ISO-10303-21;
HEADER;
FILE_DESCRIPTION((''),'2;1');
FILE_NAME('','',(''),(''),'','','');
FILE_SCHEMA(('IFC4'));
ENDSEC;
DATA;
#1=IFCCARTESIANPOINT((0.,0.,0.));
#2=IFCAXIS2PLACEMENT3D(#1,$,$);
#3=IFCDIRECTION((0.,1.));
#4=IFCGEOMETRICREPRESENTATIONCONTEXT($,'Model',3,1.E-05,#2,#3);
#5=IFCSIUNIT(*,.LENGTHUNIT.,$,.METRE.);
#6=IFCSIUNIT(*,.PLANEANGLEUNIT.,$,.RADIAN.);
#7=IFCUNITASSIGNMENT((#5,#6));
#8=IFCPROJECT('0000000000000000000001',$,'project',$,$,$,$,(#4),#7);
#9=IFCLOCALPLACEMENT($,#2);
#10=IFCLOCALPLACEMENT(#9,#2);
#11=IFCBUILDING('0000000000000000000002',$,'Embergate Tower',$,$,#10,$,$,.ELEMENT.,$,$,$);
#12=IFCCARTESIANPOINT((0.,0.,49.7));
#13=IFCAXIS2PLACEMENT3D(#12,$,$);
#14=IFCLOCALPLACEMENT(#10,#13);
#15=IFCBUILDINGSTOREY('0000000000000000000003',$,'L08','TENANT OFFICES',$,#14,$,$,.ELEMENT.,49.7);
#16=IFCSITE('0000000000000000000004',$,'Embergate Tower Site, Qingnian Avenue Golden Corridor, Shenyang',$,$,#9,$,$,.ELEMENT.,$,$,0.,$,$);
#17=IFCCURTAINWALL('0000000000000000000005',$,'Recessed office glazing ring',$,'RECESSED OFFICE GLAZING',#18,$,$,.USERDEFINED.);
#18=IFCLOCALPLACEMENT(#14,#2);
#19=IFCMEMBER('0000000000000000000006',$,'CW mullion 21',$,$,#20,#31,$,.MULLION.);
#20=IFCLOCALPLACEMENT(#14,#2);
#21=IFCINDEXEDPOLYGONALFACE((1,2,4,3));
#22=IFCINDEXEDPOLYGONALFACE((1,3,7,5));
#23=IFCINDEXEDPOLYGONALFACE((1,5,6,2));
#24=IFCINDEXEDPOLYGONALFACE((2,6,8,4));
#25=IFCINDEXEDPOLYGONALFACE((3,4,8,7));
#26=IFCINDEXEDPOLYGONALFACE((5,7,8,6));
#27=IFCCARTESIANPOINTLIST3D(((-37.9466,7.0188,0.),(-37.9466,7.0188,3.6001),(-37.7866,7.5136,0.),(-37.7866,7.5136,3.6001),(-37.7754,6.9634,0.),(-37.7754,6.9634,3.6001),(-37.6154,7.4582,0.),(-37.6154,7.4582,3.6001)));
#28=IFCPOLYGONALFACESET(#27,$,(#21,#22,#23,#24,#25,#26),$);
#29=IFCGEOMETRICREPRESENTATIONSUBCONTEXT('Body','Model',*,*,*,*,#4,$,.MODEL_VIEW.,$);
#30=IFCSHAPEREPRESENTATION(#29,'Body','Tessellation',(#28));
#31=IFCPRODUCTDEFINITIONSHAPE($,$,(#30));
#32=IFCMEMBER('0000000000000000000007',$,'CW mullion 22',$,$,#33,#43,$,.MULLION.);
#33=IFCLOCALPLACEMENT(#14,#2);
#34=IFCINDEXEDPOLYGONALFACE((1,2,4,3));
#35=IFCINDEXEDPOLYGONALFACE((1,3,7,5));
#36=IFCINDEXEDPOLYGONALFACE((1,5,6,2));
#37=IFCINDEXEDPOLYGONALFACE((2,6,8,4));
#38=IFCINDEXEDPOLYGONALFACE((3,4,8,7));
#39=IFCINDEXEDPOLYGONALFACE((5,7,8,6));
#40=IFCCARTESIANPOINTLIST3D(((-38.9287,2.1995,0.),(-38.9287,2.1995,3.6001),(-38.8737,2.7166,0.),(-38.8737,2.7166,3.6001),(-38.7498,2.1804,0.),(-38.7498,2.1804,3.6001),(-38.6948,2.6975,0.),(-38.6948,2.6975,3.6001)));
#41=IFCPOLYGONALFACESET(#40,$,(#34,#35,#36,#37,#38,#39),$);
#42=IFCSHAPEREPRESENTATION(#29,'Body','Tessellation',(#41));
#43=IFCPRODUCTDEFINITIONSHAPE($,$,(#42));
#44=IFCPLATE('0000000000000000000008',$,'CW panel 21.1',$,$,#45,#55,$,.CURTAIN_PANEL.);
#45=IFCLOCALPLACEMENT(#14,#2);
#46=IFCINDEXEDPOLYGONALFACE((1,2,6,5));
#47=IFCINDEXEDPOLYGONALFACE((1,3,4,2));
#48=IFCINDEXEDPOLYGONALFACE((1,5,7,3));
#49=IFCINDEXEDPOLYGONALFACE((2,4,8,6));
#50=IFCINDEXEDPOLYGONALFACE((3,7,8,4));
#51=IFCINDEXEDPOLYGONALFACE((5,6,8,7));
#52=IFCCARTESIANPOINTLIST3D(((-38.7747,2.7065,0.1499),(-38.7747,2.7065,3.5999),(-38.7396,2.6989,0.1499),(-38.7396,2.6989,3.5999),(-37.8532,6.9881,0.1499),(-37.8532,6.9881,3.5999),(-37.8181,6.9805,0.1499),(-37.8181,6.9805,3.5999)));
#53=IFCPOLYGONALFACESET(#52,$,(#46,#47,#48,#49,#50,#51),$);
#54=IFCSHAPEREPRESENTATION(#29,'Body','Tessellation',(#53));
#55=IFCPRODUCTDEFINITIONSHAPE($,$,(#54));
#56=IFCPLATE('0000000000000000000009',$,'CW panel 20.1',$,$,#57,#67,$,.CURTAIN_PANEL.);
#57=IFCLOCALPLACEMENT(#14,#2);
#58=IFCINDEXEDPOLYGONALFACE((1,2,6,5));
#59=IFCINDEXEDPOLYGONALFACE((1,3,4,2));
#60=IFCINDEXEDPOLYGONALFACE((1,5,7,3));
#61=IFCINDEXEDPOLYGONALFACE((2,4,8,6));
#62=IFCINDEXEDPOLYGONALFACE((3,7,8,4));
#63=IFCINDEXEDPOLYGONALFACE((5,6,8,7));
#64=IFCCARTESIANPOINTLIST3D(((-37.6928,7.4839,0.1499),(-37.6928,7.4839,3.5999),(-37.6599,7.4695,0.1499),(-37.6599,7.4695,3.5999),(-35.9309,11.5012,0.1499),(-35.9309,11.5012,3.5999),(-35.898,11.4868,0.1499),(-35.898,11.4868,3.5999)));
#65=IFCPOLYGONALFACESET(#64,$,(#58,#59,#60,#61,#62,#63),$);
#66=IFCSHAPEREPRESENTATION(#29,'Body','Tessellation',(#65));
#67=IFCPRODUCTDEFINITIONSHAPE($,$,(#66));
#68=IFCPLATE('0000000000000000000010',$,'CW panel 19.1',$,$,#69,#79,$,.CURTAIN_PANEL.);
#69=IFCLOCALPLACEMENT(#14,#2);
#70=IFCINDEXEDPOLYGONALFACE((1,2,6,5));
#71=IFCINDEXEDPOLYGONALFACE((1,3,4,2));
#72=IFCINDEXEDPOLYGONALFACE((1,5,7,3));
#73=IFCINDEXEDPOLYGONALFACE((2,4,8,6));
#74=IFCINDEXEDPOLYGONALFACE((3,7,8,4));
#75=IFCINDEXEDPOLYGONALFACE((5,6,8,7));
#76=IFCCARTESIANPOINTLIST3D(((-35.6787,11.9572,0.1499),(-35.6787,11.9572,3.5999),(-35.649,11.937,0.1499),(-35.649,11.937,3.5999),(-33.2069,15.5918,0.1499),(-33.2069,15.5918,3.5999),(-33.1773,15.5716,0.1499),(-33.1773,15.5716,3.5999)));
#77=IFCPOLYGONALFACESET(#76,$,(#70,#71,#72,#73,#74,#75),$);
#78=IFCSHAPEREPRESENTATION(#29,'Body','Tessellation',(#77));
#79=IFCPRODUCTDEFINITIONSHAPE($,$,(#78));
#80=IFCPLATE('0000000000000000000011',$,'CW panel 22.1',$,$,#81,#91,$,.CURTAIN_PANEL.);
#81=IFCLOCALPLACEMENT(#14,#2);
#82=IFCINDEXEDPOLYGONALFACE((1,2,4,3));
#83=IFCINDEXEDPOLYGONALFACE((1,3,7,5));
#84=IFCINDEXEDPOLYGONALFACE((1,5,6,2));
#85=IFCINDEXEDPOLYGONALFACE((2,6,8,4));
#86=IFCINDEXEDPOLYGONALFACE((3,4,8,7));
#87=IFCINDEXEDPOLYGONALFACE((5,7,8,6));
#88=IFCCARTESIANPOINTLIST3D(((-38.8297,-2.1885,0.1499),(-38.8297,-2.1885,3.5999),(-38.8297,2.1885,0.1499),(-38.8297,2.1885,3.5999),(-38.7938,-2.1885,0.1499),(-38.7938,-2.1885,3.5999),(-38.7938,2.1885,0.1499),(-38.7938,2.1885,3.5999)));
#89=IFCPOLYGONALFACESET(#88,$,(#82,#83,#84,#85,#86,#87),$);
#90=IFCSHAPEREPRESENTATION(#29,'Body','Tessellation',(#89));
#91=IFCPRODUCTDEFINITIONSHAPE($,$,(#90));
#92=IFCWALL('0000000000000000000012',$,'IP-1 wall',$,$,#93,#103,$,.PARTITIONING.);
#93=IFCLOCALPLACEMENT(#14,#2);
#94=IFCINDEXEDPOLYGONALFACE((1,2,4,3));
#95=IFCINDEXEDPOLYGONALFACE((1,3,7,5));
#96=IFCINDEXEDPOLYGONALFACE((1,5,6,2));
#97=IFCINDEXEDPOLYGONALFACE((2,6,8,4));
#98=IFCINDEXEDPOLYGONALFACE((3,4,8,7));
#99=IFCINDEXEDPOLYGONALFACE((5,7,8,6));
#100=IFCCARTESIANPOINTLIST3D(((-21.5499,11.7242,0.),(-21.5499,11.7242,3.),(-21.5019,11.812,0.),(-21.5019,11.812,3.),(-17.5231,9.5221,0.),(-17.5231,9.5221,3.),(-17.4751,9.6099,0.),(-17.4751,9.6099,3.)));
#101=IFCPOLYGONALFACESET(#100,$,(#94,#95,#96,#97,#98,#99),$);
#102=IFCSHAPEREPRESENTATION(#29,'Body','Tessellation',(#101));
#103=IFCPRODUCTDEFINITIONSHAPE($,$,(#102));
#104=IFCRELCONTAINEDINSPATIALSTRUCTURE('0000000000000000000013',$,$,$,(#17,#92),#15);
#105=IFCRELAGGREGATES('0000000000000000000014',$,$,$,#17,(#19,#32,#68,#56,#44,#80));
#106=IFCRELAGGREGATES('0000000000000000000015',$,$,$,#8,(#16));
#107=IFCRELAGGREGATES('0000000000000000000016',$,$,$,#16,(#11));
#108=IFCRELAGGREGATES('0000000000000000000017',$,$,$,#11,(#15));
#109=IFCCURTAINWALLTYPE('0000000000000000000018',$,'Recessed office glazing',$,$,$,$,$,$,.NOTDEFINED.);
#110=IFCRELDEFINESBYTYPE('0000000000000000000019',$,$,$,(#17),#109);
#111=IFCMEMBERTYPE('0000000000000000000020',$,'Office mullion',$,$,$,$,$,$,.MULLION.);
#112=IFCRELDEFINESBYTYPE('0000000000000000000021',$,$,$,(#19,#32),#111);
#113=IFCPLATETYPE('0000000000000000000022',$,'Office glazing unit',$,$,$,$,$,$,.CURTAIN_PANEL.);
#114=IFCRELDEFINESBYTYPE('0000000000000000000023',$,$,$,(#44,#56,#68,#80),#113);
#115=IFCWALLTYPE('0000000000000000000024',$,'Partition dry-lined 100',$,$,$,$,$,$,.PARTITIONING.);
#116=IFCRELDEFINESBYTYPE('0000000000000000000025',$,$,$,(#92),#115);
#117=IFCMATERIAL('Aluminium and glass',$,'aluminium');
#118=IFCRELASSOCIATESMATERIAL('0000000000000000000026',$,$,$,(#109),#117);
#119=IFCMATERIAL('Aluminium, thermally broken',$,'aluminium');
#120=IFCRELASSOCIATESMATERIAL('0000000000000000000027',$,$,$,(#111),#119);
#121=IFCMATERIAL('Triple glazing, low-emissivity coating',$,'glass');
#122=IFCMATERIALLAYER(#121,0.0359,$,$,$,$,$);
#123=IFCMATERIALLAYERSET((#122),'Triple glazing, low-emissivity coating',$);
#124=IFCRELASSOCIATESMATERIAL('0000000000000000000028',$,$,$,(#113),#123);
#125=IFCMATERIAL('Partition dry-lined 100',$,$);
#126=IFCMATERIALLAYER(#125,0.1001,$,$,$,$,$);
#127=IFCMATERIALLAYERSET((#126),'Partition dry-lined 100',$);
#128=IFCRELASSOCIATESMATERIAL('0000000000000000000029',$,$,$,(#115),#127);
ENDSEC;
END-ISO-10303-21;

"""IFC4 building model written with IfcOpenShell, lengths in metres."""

from ifc_helpers import new_model, si_unit, direction, frame, frame_2d, origin, origin_2d, place, context, subcontext, project, spatial, rectangle, extrude, source, transform, mapped, material, layer, layer_set, material_profile, profile_set, type_object, element, aggregate, save


model = new_model("IFC4")

# Units and contexts
model_context = context("Model", 3, precision=1e-05, world=origin(), true_north=direction((0.0, 1.0)))
body_context = subcontext(model_context, "Body", "Model", "MODEL_VIEW")
ifc_project = project(units=[si_unit("LENGTHUNIT", "METRE"), si_unit("PLANEANGLEUNIT", "RADIAN")], contexts=[model_context])

# Site, building, storey
site_placement = place(None, origin())
site = spatial("IfcSite", under=ifc_project, at=site_placement, Name="Embergate Tower Site, Qingnian Avenue Golden Corridor, Shenyang", CompositionType="ELEMENT", RefElevation=0.0)
building_placement = place(site_placement, origin())
building = spatial("IfcBuilding", under=site, at=building_placement, Name="Embergate Tower", CompositionType="ELEMENT")
storey_placement = place(building_placement, frame((0.0, 0.0, 49.7)))
storey = spatial("IfcBuildingStorey", under=building, at=storey_placement, Name="L08", Description="TENANT OFFICES", CompositionType="ELEMENT", Elevation=49.7)

# Curtain wall, members, plates
ifc_material_1 = material(Name="Aluminium and glass", Category="aluminium")
curtain_wall_type = type_object("IfcCurtainWallType", Name="Recessed office glazing", PredefinedType="NOTDEFINED", material=ifc_material_1)
curtain_wall_placement = place(storey_placement, origin())
curtain_wall = element("IfcCurtainWall", 1, at=curtain_wall_placement, inside=storey, type_object=curtain_wall_type, Name="Recessed office glazing ring", ObjectType="RECESSED OFFICE GLAZING", PredefinedType="USERDEFINED")
ifc_material_2 = material(Name="Aluminium, thermally broken", Category="aluminium")
ifc_material_profile_1 = material_profile(ifc_material_2, rectangle(XDim=0.1799, YDim=0.52, at=origin_2d()), Name="AL 520x180")
ifc_profile_set_1 = profile_set([ifc_material_profile_1], Name="Aluminium, thermally broken")
member_type_1 = type_object("IfcMemberType", Name="Office mullion", PredefinedType="MULLION", material=ifc_profile_set_1)
shared_shape_1 = source(origin(), body_context, "Body", "SweptSolid", [
    extrude(rectangle(XDim=0.1799, YDim=0.52, at=origin_2d()), origin(), (0.0, 0.0, 1.0), 3.6001),
])
member_1_placement = place(storey_placement, frame((-37.781, 7.2385, 0.0), z_axis=(0.0, 0.0, 1.0), x_axis=(0.951499, -0.307651, 0.0)))
member_1 = element("IfcMember", 2, at=member_1_placement, type_object=member_type_1, Name="CW mullion 21", PredefinedType="MULLION", context=body_context, shape_type="MappedRepresentation", body=[
    mapped(shared_shape_1, transform((0.0, 0.0, 0.0))),
])
member_2_placement = place(storey_placement, frame((-38.8118, 2.4485, 0.0), z_axis=(0.0, 0.0, 1.0), x_axis=(0.994385, -0.105822, 0.0)))
member_2 = element("IfcMember", 3, at=member_2_placement, type_object=member_type_1, Name="CW mullion 22", PredefinedType="MULLION", context=body_context, shape_type="MappedRepresentation", body=[
    mapped(shared_shape_1, transform((0.0, 0.0, 0.0))),
])
ifc_material_3 = material(Name="Triple glazing, low-emissivity coating", Category="glass")
ifc_layer_1 = layer(ifc_material_3, 0.0359)
ifc_layer_set_1 = layer_set([ifc_layer_1], Name="Triple glazing, low-emissivity coating")
plate_type = type_object("IfcPlateType", Name="Office glazing unit", PredefinedType="CURTAIN_PANEL", material=ifc_layer_set_1)
shared_shape_2 = source(origin(), body_context, "Body", "SweptSolid", [
    extrude(rectangle(XDim=4.3796, YDim=0.0359, at=origin_2d()), origin(), (0.0, 0.0, 1.0), 3.45),
])
plate_1_placement = place(storey_placement, frame((-38.2964, 4.8435, 0.1499), z_axis=(0.0, 0.0, 1.0), x_axis=(-0.210398, -0.977616, 0.0)))
plate_1 = element("IfcPlate", 4, at=plate_1_placement, type_object=plate_type, Name="CW panel 21.1", PredefinedType="CURTAIN_PANEL", context=body_context, shape_type="MappedRepresentation", body=[
    mapped(shared_shape_2, transform((0.0, 0.0, 0.0))),
])
shared_shape_3 = source(origin(), body_context, "Body", "SweptSolid", [
    extrude(rectangle(XDim=4.3867, YDim=0.0359, at=origin_2d()), origin(), (0.0, 0.0, 1.0), 3.45),
])
plate_2_placement = place(storey_placement, frame((-36.7954, 9.4854, 0.1499), z_axis=(0.0, 0.0, 1.0), x_axis=(-0.401652, -0.915792, 0.0)))
plate_2 = element("IfcPlate", 5, at=plate_2_placement, type_object=plate_type, Name="CW panel 20.1", PredefinedType="CURTAIN_PANEL", context=body_context, shape_type="MappedRepresentation", body=[
    mapped(shared_shape_3, transform((0.0, 0.0, 0.0))),
])
shared_shape_4 = source(origin(), body_context, "Body", "SweptSolid", [
    extrude(rectangle(XDim=4.3955, YDim=0.0359, at=origin_2d()), origin(), (0.0, 0.0, 1.0), 3.45),
])
plate_3_placement = place(storey_placement, frame((-34.428, 13.7644, 0.1499), z_axis=(0.0, 0.0, 1.0), x_axis=(-0.562342, -0.826905, 0.0)))
plate_3 = element("IfcPlate", 6, at=plate_3_placement, type_object=plate_type, Name="CW panel 19.1", PredefinedType="CURTAIN_PANEL", context=body_context, shape_type="MappedRepresentation", body=[
    mapped(shared_shape_4, transform((0.0, 0.0, 0.0))),
])
shared_shape_5 = source(origin(), body_context, "Body", "SweptSolid", [
    extrude(rectangle(XDim=4.377, YDim=0.0359, at=origin_2d()), origin(), (0.0, 0.0, 1.0), 3.45),
])
plate_4_placement = place(storey_placement, frame((-38.8118, 0.0, 0.1499), z_axis=(0.0, 0.0, 1.0), x_axis=(0.0, -1.0, 0.0)))
plate_4 = element("IfcPlate", 7, at=plate_4_placement, type_object=plate_type, Name="CW panel 22.1", PredefinedType="CURTAIN_PANEL", context=body_context, shape_type="MappedRepresentation", body=[
    mapped(shared_shape_5, transform((0.0, 0.0, 0.0))),
])
aggregate(curtain_wall, [member_1, member_2, plate_3, plate_2, plate_1, plate_4])

# Wall
ifc_material_4 = material(Name="Partition dry-lined 100")
ifc_layer_2 = layer(ifc_material_4, 0.1001)
ifc_layer_set_2 = layer_set([ifc_layer_2], Name="Partition dry-lined 100")
wall_type = type_object("IfcWallType", Name="Partition dry-lined 100", PredefinedType="PARTITIONING", material=ifc_layer_set_2)
shared_shape_6 = source(origin(), body_context, "Body", "SweptSolid", [
    extrude(rectangle(XDim=4.5896, YDim=0.1001, at=frame_2d((2.2949, 0.0))), origin(), (0.0, 0.0, 1.0), 3.0),
])
wall_placement = place(storey_placement, frame((-17.499, 9.5659, 0.0), z_axis=(0.0, 0.0, 1.0), x_axis=(-0.877375, 0.479806, 0.0)))
element("IfcWall", 8, at=wall_placement, inside=storey, type_object=wall_type, Name="IP-1 wall", PredefinedType="PARTITIONING", context=body_context, shape_type="MappedRepresentation", body=[
    mapped(shared_shape_6, transform((0.0, 0.0, 0.0))),
])

save(model, "model.ifc")
